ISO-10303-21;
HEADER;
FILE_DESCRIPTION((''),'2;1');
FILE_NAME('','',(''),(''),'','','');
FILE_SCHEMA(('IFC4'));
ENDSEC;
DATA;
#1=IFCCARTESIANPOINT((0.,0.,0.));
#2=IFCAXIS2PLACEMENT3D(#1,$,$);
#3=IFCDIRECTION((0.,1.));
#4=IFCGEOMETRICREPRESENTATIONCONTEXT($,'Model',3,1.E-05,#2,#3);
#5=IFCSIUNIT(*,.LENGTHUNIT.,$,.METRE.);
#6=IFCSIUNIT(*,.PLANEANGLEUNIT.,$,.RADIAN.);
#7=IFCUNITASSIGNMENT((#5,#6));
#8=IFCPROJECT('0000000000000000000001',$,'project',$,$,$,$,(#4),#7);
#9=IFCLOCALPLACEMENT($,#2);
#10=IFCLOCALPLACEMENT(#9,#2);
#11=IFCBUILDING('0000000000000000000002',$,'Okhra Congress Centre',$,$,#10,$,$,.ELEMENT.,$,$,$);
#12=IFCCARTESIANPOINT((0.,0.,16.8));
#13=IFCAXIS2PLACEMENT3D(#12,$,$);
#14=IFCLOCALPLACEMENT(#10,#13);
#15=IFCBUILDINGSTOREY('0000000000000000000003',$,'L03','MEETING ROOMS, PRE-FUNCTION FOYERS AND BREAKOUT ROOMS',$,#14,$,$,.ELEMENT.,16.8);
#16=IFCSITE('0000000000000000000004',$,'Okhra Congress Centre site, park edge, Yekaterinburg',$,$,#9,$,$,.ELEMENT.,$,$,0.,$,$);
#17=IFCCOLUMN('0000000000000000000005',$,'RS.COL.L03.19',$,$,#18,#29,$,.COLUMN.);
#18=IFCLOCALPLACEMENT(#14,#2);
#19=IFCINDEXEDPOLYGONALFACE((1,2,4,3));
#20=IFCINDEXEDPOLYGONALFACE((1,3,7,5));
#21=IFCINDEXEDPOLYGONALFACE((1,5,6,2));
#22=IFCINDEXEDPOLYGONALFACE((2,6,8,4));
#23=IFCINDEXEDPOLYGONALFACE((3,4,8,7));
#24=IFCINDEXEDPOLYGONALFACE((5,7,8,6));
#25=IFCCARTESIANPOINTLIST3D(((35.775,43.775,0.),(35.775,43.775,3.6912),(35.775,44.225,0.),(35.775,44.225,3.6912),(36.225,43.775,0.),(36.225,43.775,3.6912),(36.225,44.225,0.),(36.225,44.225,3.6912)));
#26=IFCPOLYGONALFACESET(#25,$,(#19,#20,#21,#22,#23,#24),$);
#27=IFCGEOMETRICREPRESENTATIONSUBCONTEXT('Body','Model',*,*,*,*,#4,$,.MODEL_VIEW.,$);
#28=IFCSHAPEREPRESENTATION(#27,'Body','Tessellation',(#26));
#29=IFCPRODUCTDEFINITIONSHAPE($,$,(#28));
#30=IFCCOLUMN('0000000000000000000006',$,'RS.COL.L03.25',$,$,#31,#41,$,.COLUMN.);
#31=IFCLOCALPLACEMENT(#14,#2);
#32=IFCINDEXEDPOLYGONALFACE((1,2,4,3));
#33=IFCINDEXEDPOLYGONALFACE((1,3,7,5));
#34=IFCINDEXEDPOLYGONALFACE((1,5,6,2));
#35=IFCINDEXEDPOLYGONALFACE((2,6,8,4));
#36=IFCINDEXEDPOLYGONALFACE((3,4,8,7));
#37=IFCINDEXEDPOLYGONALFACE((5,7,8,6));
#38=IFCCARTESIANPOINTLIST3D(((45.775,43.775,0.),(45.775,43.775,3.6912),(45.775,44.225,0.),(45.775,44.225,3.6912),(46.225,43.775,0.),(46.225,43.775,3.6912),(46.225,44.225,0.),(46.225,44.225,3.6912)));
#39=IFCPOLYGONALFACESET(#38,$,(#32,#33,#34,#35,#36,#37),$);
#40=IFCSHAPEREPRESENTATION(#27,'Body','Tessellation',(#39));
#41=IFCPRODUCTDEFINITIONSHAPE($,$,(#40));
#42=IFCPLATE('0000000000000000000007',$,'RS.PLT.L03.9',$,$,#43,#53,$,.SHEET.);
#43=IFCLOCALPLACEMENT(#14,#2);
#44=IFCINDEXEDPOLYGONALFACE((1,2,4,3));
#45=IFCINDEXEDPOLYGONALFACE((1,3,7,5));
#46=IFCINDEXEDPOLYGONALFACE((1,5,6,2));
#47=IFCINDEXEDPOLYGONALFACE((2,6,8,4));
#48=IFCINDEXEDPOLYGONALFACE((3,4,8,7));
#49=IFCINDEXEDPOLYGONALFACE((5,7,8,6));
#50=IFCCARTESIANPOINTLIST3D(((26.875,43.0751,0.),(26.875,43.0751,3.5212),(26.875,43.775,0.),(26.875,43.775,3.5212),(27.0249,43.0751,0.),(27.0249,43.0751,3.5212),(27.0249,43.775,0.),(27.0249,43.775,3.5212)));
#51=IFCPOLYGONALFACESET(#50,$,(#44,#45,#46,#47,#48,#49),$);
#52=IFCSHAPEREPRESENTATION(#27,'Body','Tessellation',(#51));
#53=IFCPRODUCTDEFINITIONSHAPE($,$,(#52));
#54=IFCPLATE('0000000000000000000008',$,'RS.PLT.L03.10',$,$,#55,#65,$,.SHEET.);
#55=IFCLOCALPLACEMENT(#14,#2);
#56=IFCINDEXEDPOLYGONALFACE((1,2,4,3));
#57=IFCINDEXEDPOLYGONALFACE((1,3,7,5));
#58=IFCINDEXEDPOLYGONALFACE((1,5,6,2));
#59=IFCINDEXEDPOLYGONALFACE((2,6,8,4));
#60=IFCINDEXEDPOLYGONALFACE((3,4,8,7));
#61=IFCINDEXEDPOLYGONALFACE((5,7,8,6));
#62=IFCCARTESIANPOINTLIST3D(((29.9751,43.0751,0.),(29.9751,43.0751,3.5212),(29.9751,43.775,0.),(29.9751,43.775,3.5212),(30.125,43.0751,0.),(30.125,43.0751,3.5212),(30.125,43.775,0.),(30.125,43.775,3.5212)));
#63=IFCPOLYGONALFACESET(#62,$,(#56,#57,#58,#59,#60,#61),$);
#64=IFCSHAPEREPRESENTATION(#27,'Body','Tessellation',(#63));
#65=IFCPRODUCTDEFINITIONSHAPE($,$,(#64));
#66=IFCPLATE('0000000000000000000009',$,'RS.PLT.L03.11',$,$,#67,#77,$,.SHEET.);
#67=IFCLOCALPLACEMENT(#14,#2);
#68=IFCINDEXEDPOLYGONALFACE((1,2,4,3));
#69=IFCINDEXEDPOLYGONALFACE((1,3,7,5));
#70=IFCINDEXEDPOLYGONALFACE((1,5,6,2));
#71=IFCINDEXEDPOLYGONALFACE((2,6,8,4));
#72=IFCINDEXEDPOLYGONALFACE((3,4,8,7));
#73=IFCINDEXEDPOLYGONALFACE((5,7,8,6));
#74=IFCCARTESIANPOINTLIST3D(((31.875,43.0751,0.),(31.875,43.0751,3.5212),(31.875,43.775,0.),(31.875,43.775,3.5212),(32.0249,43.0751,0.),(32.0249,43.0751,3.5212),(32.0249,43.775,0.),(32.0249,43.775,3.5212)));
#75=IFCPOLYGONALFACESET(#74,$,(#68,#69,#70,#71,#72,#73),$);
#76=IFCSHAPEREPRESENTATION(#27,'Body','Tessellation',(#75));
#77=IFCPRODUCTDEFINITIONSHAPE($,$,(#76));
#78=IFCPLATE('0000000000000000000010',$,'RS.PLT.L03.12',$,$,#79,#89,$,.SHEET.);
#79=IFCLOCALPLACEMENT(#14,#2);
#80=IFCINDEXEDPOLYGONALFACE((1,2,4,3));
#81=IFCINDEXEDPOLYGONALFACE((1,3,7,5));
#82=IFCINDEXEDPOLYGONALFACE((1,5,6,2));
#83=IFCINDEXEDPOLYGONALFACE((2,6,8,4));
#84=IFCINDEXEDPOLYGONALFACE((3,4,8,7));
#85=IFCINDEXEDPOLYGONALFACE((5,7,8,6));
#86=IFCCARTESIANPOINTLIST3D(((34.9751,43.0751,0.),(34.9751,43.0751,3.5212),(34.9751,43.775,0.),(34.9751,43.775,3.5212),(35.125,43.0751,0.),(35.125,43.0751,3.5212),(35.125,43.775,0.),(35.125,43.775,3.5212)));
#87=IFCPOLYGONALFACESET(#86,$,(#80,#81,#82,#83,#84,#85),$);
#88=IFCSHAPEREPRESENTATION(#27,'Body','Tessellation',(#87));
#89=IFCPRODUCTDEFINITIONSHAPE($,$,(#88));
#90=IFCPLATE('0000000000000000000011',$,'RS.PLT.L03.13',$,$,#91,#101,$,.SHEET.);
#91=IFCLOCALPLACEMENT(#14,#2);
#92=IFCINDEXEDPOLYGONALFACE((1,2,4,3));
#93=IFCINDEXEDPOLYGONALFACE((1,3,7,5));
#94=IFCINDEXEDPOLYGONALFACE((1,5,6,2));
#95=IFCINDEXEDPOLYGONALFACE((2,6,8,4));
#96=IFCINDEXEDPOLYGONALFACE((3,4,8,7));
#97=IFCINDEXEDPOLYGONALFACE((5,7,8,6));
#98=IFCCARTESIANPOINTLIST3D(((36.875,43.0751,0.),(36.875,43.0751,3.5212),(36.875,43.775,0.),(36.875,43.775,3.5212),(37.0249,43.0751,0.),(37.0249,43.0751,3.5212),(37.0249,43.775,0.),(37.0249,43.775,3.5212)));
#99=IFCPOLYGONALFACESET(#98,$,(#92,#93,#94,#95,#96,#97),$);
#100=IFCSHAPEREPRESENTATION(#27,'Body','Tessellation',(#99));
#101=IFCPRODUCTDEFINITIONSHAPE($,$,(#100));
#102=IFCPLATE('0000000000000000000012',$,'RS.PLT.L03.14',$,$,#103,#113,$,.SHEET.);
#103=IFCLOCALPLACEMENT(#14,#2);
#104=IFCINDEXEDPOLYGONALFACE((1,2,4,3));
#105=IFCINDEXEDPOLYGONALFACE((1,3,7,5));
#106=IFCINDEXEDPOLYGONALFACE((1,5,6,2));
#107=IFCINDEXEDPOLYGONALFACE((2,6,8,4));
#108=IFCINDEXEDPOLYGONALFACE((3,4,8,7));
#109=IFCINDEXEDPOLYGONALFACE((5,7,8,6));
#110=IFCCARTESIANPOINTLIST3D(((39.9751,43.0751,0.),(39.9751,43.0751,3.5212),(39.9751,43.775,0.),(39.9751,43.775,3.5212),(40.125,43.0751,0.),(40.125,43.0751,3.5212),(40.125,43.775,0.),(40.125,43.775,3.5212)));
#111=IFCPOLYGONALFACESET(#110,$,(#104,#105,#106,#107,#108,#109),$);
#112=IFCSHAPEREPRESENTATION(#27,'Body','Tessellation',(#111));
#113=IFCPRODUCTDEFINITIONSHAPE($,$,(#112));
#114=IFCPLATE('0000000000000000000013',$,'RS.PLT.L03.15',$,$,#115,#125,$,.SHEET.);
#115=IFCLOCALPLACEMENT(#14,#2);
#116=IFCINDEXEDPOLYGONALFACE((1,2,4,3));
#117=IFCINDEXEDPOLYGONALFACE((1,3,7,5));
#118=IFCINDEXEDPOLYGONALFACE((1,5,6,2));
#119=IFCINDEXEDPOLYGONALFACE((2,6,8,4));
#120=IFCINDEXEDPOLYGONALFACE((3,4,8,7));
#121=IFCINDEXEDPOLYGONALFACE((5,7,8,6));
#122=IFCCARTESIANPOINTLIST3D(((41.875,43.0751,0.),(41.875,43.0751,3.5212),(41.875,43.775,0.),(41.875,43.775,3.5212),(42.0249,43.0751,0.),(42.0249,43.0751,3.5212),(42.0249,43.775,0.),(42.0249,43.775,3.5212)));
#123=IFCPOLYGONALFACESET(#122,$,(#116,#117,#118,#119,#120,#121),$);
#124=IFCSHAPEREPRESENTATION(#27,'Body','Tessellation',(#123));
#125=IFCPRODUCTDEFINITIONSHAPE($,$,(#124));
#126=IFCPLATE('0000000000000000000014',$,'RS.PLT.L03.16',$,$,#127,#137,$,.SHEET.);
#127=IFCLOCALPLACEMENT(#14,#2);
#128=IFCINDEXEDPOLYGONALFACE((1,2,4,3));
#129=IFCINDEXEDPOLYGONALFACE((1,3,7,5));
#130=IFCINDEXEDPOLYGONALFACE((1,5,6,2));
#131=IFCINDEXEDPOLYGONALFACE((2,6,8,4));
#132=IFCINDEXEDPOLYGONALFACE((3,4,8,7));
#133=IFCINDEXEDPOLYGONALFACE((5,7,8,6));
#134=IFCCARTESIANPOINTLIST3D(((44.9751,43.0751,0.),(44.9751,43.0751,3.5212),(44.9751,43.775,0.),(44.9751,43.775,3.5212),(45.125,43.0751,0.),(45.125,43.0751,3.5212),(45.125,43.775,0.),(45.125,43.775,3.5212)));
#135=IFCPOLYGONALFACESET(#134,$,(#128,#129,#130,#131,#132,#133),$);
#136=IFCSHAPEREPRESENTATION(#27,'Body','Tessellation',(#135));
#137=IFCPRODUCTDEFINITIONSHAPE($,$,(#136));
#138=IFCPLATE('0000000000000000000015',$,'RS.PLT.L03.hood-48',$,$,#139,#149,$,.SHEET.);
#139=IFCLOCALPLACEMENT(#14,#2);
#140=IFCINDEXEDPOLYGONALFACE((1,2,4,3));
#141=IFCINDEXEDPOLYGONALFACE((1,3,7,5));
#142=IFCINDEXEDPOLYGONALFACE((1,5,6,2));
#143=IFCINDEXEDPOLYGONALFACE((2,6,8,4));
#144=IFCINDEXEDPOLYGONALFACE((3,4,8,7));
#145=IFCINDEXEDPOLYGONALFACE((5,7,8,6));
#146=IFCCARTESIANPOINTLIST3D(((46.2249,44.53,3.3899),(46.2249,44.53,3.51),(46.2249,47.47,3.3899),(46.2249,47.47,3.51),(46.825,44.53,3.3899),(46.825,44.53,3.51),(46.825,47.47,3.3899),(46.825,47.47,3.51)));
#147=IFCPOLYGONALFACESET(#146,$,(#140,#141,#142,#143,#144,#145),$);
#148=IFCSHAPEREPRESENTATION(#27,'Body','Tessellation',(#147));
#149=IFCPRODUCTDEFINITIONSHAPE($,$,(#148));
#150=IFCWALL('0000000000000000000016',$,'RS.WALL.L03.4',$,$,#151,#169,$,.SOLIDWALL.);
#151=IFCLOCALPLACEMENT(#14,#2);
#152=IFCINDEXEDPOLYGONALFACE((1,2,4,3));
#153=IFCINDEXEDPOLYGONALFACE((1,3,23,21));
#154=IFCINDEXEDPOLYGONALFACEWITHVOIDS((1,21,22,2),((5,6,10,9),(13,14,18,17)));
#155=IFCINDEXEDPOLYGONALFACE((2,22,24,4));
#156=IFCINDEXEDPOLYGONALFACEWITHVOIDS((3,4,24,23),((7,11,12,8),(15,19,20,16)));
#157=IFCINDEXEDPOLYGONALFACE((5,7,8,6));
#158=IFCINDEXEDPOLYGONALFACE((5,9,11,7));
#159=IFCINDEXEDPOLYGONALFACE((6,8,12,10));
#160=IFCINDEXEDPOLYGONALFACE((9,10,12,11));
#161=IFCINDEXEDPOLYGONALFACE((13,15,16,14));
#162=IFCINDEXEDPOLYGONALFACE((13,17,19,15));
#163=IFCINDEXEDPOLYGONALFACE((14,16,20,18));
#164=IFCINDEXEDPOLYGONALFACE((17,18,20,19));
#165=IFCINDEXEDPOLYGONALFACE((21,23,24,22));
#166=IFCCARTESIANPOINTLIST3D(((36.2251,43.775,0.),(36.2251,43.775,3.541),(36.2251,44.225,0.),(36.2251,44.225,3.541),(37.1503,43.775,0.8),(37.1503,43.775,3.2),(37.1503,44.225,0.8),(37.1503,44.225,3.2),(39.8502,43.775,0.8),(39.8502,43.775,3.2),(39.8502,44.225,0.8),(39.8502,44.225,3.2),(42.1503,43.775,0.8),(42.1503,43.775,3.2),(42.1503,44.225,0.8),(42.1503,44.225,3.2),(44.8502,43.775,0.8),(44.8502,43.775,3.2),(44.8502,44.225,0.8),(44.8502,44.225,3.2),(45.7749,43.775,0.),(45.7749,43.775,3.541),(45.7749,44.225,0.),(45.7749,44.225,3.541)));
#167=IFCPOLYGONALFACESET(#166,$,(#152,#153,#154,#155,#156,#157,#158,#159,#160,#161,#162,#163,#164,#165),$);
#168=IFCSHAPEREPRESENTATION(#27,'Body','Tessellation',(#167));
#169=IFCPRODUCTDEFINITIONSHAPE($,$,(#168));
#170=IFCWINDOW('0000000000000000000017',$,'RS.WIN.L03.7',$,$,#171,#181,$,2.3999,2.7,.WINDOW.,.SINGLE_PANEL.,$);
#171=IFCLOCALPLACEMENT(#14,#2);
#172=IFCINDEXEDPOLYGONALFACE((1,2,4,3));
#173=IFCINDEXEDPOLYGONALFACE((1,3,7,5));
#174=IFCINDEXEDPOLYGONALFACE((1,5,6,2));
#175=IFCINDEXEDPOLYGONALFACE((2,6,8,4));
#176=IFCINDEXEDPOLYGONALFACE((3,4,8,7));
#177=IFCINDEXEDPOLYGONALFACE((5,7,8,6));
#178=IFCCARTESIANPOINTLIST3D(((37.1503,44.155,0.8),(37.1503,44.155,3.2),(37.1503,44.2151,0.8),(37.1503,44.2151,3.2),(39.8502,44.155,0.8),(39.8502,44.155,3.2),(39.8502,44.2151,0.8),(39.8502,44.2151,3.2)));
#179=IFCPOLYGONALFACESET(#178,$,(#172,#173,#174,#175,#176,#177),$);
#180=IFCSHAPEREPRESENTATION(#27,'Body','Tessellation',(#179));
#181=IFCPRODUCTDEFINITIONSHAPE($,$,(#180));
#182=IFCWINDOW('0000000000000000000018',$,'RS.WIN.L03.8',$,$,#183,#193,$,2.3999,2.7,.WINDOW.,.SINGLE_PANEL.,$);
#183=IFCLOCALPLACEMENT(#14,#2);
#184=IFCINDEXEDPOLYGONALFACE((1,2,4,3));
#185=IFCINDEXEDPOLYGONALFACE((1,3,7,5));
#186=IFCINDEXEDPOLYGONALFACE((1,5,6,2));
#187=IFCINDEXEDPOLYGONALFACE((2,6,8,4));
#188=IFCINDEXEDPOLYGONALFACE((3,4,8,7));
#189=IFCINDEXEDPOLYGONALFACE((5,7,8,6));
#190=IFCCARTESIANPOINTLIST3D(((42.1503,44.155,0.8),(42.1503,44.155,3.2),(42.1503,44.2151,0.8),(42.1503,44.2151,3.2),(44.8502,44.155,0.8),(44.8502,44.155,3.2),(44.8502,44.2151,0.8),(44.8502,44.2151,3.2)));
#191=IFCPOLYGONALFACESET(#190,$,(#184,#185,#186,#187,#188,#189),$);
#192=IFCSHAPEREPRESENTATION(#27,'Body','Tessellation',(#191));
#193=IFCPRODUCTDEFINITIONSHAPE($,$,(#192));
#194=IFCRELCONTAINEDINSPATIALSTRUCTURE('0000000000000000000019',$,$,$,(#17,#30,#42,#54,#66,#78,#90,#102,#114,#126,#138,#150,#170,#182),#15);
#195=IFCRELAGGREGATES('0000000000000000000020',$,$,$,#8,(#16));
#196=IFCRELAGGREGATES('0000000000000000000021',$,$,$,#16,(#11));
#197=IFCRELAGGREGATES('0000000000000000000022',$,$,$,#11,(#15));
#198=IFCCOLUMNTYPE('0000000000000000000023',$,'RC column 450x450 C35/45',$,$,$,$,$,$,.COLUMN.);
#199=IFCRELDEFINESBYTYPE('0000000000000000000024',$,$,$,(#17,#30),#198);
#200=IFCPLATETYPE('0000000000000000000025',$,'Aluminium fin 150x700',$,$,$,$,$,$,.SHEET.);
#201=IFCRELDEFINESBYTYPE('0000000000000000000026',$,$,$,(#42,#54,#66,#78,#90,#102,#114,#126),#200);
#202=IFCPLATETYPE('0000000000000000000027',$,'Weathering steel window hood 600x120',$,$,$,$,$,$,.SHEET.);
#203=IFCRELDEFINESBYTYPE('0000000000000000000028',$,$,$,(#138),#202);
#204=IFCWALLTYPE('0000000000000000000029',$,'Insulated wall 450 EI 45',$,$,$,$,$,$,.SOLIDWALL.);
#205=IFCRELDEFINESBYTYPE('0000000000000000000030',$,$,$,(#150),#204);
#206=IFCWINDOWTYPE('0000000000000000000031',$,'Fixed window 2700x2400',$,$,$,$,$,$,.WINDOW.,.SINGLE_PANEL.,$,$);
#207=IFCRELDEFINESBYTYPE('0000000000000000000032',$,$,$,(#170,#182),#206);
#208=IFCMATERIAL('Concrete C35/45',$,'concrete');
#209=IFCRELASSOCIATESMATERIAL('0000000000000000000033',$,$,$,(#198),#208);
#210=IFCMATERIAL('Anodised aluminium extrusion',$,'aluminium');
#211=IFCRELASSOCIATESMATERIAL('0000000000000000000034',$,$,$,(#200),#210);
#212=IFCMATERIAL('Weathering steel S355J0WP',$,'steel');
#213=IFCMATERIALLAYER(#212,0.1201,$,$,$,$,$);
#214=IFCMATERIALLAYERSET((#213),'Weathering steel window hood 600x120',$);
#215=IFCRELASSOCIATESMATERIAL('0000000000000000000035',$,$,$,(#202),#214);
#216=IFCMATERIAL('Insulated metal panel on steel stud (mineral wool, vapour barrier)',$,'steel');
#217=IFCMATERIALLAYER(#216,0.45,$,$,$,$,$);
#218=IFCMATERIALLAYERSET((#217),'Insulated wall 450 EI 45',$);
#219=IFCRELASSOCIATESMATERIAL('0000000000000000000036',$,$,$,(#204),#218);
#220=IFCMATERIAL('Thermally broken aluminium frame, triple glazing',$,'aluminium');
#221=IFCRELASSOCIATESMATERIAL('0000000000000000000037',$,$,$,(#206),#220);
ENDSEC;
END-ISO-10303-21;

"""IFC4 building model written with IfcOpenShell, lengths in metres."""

from ifc_helpers import new_model, si_unit, direction, frame, frame_2d, origin, origin_2d, place, context, subcontext, project, spatial, rectangle, extrude, material, layer, layer_set, material_profile, profile_set, type_object, element, fill, save


model = new_model("IFC4")

# Units and contexts
model_context = context("Model", 3, precision=1e-05, world=origin(), true_north=direction((0.0, 1.0)))
body_context = subcontext(model_context, "Body", "Model", "MODEL_VIEW")
ifc_project = project(units=[si_unit("LENGTHUNIT", "METRE"), si_unit("PLANEANGLEUNIT", "RADIAN")], contexts=[model_context])

# Site, building, storey
site_placement = place(None, origin())
site = spatial("IfcSite", under=ifc_project, at=site_placement, Name="Okhra Congress Centre site, park edge, Yekaterinburg", CompositionType="ELEMENT", RefElevation=0.0)
building_placement = place(site_placement, origin())
building = spatial("IfcBuilding", under=site, at=building_placement, Name="Okhra Congress Centre", CompositionType="ELEMENT")
storey_placement = place(building_placement, frame((0.0, 0.0, 16.8)))
storey = spatial("IfcBuildingStorey", under=building, at=storey_placement, Name="L03", Description="MEETING ROOMS, PRE-FUNCTION FOYERS AND BREAKOUT ROOMS", CompositionType="ELEMENT", Elevation=16.8)

# Columns
ifc_material_1 = material(Name="Concrete C35/45", Category="concrete")
ifc_material_profile = material_profile(ifc_material_1, rectangle(XDim=0.45, YDim=0.45, at=origin_2d()), Name="RC 450x450")
ifc_profile_set = profile_set([ifc_material_profile], Name="Concrete C35/45")
column_type = type_object("IfcColumnType", Name="RC column 450x450 C35/45", PredefinedType="COLUMN", material=ifc_profile_set)
for number, where, z_axis, x_axis, name in (
    (1, (36.0, 44.0, 0.0), (0.0, 0.0, 1.0), (1.0, 0.0, 0.0), "RS.COL.L03.19"),
    (2, (46.0, 44.0, 0.0), (0.0, 0.0, 1.0), (1.0, 0.0, 0.0), "RS.COL.L03.25"),
):
    element("IfcColumn", number, at=place(storey_placement, frame(where, z_axis=z_axis, x_axis=x_axis)), inside=storey, type_object=column_type, Name=name, PredefinedType="COLUMN", context=body_context, shape_type="SweptSolid", body=[
        extrude(rectangle(XDim=0.45, YDim=0.45, at=origin_2d()), origin(), (0.0, 0.0, 1.0), 3.6912),
    ])

# Plates
ifc_material_2 = material(Name="Anodised aluminium extrusion", Category="aluminium")
plate_type_1 = type_object("IfcPlateType", Name="Aluminium fin 150x700", PredefinedType="SHEET", material=ifc_material_2)
for number, where, z_axis, x_axis, name in (
    (3, (26.95, 43.425, 0.0), (0.0, 0.0, 1.0), (1.0, 0.0, 0.0), "RS.PLT.L03.9"),
    (4, (30.05, 43.425, 0.0), (0.0, 0.0, 1.0), (1.0, 0.0, 0.0), "RS.PLT.L03.10"),
    (5, (31.95, 43.425, 0.0), (0.0, 0.0, 1.0), (1.0, 0.0, 0.0), "RS.PLT.L03.11"),
    (6, (35.05, 43.425, 0.0), (0.0, 0.0, 1.0), (1.0, 0.0, 0.0), "RS.PLT.L03.12"),
    (7, (36.95, 43.425, 0.0), (0.0, 0.0, 1.0), (1.0, 0.0, 0.0), "RS.PLT.L03.13"),
    (8, (40.05, 43.425, 0.0), (0.0, 0.0, 1.0), (1.0, 0.0, 0.0), "RS.PLT.L03.14"),
    (9, (41.95, 43.425, 0.0), (0.0, 0.0, 1.0), (1.0, 0.0, 0.0), "RS.PLT.L03.15"),
    (10, (45.05, 43.425, 0.0), (0.0, 0.0, 1.0), (1.0, 0.0, 0.0), "RS.PLT.L03.16"),
):
    element("IfcPlate", number, at=place(storey_placement, frame(where, z_axis=z_axis, x_axis=x_axis)), inside=storey, type_object=plate_type_1, Name=name, PredefinedType="SHEET", context=body_context, shape_type="SweptSolid", body=[
        extrude(rectangle(XDim=0.1499, YDim=0.7, at=origin_2d()), origin(), (0.0, 0.0, 1.0), 3.5212),
    ])
ifc_material_3 = material(Name="Weathering steel S355J0WP", Category="steel")
ifc_layer_1 = layer(ifc_material_3, 0.1201)
ifc_layer_set_1 = layer_set([ifc_layer_1], Name="Weathering steel window hood 600x120")
plate_type_2 = type_object("IfcPlateType", Name="Weathering steel window hood 600x120", PredefinedType="SHEET", material=ifc_layer_set_1)
plate_placement = place(storey_placement, frame((46.5249, 46.0, 3.3899), z_axis=(0.0, 0.0, 1.0), x_axis=(0.0, 1.0, 0.0)))
element("IfcPlate", 11, at=plate_placement, inside=storey, type_object=plate_type_2, Name="RS.PLT.L03.hood-48", PredefinedType="SHEET", context=body_context, shape_type="SweptSolid", body=[
    extrude(rectangle(XDim=2.9399, YDim=0.6001, at=origin_2d()), origin(), (0.0, 0.0, 1.0), 0.1201),
])

# Wall, openings, windows
ifc_material_4 = material(Name="Insulated metal panel on steel stud (mineral wool, vapour barrier)", Category="steel")
ifc_layer_2 = layer(ifc_material_4, 0.45)
ifc_layer_set_2 = layer_set([ifc_layer_2], Name="Insulated wall 450 EI 45")
wall_type_1 = type_object("IfcWallType", Name="Insulated wall 450 EI 45", PredefinedType="SOLIDWALL", material=ifc_layer_set_2)
wall_1_placement = place(storey_placement, frame((36.2251, 44.0, 0.0), z_axis=(0.0, 0.0, 1.0), x_axis=(1.0, 0.0, 0.0)))
wall_1 = element("IfcWall", 12, at=wall_1_placement, inside=storey, type_object=wall_type_1, Name="RS.WALL.L03.4", PredefinedType="SOLIDWALL", context=body_context, shape_type="SweptSolid", body=[
    extrude(rectangle(XDim=9.5498, YDim=0.45, at=frame_2d((4.7749, 0.0))), origin(), (0.0, 0.0, 1.0), 3.541),
])
opening_1_placement = place(wall_1_placement, frame((0.925, 0.0, 0.8)))
opening_1 = element("IfcOpeningElement", 13, at=opening_1_placement, cuts=wall_1, PredefinedType="OPENING", context=body_context, shape_type="SweptSolid", body=[
    extrude(rectangle(XDim=2.7, YDim=2.3999, at=frame_2d((1.3501, 1.2))), frame((0.0, 0.2349, 0.0), z_axis=(0.0, -1.0, 0.0), x_axis=(1.0, 0.0, 0.0)), (0.0, 0.0, 1.0), 0.47),
])
opening_2_placement = place(wall_1_placement, frame((5.925, 0.0, 0.8)))
opening_2 = element("IfcOpeningElement", 14, at=opening_2_placement, cuts=wall_1, PredefinedType="OPENING", context=body_context, shape_type="SweptSolid", body=[
    extrude(rectangle(XDim=2.7, YDim=2.3999, at=frame_2d((1.3501, 1.2))), frame((0.0, 0.2349, 0.0), z_axis=(0.0, -1.0, 0.0), x_axis=(1.0, 0.0, 0.0)), (0.0, 0.0, 1.0), 0.47),
])
ifc_material_5 = material(Name="Thermally broken aluminium frame, triple glazing", Category="aluminium")
window_type = type_object("IfcWindowType", Name="Fixed window 2700x2400", PartitioningType="SINGLE_PANEL", PredefinedType="WINDOW", material=ifc_material_5)
window_1_placement = place(opening_1_placement, origin())
window_1 = element("IfcWindow", 15, at=window_1_placement, inside=storey, type_object=window_type, Name="RS.WIN.L03.7", OverallHeight=2.3999, OverallWidth=2.7, PartitioningType="SINGLE_PANEL", PredefinedType="WINDOW", context=body_context, shape_type="SweptSolid", body=[
    extrude(rectangle(XDim=2.7, YDim=2.3999, at=frame_2d((1.3501, 1.2))), frame((0.0, 0.2151, 0.0), z_axis=(0.0, -1.0, 0.0), x_axis=(1.0, 0.0, 0.0)), (0.0, 0.0, 1.0), 0.0601),
])
fill(opening_1, window_1)
window_2_placement = place(opening_2_placement, origin())
window_2 = element("IfcWindow", 16, at=window_2_placement, inside=storey, type_object=window_type, Name="RS.WIN.L03.8", OverallHeight=2.3999, OverallWidth=2.7, PartitioningType="SINGLE_PANEL", PredefinedType="WINDOW", context=body_context, shape_type="SweptSolid", body=[
    extrude(rectangle(XDim=2.7, YDim=2.3999, at=frame_2d((1.3501, 1.2))), frame((0.0, 0.2151, 0.0), z_axis=(0.0, -1.0, 0.0), x_axis=(1.0, 0.0, 0.0)), (0.0, 0.0, 1.0), 0.0601),
])
fill(opening_2, window_2)

save(model, "model.ifc")
